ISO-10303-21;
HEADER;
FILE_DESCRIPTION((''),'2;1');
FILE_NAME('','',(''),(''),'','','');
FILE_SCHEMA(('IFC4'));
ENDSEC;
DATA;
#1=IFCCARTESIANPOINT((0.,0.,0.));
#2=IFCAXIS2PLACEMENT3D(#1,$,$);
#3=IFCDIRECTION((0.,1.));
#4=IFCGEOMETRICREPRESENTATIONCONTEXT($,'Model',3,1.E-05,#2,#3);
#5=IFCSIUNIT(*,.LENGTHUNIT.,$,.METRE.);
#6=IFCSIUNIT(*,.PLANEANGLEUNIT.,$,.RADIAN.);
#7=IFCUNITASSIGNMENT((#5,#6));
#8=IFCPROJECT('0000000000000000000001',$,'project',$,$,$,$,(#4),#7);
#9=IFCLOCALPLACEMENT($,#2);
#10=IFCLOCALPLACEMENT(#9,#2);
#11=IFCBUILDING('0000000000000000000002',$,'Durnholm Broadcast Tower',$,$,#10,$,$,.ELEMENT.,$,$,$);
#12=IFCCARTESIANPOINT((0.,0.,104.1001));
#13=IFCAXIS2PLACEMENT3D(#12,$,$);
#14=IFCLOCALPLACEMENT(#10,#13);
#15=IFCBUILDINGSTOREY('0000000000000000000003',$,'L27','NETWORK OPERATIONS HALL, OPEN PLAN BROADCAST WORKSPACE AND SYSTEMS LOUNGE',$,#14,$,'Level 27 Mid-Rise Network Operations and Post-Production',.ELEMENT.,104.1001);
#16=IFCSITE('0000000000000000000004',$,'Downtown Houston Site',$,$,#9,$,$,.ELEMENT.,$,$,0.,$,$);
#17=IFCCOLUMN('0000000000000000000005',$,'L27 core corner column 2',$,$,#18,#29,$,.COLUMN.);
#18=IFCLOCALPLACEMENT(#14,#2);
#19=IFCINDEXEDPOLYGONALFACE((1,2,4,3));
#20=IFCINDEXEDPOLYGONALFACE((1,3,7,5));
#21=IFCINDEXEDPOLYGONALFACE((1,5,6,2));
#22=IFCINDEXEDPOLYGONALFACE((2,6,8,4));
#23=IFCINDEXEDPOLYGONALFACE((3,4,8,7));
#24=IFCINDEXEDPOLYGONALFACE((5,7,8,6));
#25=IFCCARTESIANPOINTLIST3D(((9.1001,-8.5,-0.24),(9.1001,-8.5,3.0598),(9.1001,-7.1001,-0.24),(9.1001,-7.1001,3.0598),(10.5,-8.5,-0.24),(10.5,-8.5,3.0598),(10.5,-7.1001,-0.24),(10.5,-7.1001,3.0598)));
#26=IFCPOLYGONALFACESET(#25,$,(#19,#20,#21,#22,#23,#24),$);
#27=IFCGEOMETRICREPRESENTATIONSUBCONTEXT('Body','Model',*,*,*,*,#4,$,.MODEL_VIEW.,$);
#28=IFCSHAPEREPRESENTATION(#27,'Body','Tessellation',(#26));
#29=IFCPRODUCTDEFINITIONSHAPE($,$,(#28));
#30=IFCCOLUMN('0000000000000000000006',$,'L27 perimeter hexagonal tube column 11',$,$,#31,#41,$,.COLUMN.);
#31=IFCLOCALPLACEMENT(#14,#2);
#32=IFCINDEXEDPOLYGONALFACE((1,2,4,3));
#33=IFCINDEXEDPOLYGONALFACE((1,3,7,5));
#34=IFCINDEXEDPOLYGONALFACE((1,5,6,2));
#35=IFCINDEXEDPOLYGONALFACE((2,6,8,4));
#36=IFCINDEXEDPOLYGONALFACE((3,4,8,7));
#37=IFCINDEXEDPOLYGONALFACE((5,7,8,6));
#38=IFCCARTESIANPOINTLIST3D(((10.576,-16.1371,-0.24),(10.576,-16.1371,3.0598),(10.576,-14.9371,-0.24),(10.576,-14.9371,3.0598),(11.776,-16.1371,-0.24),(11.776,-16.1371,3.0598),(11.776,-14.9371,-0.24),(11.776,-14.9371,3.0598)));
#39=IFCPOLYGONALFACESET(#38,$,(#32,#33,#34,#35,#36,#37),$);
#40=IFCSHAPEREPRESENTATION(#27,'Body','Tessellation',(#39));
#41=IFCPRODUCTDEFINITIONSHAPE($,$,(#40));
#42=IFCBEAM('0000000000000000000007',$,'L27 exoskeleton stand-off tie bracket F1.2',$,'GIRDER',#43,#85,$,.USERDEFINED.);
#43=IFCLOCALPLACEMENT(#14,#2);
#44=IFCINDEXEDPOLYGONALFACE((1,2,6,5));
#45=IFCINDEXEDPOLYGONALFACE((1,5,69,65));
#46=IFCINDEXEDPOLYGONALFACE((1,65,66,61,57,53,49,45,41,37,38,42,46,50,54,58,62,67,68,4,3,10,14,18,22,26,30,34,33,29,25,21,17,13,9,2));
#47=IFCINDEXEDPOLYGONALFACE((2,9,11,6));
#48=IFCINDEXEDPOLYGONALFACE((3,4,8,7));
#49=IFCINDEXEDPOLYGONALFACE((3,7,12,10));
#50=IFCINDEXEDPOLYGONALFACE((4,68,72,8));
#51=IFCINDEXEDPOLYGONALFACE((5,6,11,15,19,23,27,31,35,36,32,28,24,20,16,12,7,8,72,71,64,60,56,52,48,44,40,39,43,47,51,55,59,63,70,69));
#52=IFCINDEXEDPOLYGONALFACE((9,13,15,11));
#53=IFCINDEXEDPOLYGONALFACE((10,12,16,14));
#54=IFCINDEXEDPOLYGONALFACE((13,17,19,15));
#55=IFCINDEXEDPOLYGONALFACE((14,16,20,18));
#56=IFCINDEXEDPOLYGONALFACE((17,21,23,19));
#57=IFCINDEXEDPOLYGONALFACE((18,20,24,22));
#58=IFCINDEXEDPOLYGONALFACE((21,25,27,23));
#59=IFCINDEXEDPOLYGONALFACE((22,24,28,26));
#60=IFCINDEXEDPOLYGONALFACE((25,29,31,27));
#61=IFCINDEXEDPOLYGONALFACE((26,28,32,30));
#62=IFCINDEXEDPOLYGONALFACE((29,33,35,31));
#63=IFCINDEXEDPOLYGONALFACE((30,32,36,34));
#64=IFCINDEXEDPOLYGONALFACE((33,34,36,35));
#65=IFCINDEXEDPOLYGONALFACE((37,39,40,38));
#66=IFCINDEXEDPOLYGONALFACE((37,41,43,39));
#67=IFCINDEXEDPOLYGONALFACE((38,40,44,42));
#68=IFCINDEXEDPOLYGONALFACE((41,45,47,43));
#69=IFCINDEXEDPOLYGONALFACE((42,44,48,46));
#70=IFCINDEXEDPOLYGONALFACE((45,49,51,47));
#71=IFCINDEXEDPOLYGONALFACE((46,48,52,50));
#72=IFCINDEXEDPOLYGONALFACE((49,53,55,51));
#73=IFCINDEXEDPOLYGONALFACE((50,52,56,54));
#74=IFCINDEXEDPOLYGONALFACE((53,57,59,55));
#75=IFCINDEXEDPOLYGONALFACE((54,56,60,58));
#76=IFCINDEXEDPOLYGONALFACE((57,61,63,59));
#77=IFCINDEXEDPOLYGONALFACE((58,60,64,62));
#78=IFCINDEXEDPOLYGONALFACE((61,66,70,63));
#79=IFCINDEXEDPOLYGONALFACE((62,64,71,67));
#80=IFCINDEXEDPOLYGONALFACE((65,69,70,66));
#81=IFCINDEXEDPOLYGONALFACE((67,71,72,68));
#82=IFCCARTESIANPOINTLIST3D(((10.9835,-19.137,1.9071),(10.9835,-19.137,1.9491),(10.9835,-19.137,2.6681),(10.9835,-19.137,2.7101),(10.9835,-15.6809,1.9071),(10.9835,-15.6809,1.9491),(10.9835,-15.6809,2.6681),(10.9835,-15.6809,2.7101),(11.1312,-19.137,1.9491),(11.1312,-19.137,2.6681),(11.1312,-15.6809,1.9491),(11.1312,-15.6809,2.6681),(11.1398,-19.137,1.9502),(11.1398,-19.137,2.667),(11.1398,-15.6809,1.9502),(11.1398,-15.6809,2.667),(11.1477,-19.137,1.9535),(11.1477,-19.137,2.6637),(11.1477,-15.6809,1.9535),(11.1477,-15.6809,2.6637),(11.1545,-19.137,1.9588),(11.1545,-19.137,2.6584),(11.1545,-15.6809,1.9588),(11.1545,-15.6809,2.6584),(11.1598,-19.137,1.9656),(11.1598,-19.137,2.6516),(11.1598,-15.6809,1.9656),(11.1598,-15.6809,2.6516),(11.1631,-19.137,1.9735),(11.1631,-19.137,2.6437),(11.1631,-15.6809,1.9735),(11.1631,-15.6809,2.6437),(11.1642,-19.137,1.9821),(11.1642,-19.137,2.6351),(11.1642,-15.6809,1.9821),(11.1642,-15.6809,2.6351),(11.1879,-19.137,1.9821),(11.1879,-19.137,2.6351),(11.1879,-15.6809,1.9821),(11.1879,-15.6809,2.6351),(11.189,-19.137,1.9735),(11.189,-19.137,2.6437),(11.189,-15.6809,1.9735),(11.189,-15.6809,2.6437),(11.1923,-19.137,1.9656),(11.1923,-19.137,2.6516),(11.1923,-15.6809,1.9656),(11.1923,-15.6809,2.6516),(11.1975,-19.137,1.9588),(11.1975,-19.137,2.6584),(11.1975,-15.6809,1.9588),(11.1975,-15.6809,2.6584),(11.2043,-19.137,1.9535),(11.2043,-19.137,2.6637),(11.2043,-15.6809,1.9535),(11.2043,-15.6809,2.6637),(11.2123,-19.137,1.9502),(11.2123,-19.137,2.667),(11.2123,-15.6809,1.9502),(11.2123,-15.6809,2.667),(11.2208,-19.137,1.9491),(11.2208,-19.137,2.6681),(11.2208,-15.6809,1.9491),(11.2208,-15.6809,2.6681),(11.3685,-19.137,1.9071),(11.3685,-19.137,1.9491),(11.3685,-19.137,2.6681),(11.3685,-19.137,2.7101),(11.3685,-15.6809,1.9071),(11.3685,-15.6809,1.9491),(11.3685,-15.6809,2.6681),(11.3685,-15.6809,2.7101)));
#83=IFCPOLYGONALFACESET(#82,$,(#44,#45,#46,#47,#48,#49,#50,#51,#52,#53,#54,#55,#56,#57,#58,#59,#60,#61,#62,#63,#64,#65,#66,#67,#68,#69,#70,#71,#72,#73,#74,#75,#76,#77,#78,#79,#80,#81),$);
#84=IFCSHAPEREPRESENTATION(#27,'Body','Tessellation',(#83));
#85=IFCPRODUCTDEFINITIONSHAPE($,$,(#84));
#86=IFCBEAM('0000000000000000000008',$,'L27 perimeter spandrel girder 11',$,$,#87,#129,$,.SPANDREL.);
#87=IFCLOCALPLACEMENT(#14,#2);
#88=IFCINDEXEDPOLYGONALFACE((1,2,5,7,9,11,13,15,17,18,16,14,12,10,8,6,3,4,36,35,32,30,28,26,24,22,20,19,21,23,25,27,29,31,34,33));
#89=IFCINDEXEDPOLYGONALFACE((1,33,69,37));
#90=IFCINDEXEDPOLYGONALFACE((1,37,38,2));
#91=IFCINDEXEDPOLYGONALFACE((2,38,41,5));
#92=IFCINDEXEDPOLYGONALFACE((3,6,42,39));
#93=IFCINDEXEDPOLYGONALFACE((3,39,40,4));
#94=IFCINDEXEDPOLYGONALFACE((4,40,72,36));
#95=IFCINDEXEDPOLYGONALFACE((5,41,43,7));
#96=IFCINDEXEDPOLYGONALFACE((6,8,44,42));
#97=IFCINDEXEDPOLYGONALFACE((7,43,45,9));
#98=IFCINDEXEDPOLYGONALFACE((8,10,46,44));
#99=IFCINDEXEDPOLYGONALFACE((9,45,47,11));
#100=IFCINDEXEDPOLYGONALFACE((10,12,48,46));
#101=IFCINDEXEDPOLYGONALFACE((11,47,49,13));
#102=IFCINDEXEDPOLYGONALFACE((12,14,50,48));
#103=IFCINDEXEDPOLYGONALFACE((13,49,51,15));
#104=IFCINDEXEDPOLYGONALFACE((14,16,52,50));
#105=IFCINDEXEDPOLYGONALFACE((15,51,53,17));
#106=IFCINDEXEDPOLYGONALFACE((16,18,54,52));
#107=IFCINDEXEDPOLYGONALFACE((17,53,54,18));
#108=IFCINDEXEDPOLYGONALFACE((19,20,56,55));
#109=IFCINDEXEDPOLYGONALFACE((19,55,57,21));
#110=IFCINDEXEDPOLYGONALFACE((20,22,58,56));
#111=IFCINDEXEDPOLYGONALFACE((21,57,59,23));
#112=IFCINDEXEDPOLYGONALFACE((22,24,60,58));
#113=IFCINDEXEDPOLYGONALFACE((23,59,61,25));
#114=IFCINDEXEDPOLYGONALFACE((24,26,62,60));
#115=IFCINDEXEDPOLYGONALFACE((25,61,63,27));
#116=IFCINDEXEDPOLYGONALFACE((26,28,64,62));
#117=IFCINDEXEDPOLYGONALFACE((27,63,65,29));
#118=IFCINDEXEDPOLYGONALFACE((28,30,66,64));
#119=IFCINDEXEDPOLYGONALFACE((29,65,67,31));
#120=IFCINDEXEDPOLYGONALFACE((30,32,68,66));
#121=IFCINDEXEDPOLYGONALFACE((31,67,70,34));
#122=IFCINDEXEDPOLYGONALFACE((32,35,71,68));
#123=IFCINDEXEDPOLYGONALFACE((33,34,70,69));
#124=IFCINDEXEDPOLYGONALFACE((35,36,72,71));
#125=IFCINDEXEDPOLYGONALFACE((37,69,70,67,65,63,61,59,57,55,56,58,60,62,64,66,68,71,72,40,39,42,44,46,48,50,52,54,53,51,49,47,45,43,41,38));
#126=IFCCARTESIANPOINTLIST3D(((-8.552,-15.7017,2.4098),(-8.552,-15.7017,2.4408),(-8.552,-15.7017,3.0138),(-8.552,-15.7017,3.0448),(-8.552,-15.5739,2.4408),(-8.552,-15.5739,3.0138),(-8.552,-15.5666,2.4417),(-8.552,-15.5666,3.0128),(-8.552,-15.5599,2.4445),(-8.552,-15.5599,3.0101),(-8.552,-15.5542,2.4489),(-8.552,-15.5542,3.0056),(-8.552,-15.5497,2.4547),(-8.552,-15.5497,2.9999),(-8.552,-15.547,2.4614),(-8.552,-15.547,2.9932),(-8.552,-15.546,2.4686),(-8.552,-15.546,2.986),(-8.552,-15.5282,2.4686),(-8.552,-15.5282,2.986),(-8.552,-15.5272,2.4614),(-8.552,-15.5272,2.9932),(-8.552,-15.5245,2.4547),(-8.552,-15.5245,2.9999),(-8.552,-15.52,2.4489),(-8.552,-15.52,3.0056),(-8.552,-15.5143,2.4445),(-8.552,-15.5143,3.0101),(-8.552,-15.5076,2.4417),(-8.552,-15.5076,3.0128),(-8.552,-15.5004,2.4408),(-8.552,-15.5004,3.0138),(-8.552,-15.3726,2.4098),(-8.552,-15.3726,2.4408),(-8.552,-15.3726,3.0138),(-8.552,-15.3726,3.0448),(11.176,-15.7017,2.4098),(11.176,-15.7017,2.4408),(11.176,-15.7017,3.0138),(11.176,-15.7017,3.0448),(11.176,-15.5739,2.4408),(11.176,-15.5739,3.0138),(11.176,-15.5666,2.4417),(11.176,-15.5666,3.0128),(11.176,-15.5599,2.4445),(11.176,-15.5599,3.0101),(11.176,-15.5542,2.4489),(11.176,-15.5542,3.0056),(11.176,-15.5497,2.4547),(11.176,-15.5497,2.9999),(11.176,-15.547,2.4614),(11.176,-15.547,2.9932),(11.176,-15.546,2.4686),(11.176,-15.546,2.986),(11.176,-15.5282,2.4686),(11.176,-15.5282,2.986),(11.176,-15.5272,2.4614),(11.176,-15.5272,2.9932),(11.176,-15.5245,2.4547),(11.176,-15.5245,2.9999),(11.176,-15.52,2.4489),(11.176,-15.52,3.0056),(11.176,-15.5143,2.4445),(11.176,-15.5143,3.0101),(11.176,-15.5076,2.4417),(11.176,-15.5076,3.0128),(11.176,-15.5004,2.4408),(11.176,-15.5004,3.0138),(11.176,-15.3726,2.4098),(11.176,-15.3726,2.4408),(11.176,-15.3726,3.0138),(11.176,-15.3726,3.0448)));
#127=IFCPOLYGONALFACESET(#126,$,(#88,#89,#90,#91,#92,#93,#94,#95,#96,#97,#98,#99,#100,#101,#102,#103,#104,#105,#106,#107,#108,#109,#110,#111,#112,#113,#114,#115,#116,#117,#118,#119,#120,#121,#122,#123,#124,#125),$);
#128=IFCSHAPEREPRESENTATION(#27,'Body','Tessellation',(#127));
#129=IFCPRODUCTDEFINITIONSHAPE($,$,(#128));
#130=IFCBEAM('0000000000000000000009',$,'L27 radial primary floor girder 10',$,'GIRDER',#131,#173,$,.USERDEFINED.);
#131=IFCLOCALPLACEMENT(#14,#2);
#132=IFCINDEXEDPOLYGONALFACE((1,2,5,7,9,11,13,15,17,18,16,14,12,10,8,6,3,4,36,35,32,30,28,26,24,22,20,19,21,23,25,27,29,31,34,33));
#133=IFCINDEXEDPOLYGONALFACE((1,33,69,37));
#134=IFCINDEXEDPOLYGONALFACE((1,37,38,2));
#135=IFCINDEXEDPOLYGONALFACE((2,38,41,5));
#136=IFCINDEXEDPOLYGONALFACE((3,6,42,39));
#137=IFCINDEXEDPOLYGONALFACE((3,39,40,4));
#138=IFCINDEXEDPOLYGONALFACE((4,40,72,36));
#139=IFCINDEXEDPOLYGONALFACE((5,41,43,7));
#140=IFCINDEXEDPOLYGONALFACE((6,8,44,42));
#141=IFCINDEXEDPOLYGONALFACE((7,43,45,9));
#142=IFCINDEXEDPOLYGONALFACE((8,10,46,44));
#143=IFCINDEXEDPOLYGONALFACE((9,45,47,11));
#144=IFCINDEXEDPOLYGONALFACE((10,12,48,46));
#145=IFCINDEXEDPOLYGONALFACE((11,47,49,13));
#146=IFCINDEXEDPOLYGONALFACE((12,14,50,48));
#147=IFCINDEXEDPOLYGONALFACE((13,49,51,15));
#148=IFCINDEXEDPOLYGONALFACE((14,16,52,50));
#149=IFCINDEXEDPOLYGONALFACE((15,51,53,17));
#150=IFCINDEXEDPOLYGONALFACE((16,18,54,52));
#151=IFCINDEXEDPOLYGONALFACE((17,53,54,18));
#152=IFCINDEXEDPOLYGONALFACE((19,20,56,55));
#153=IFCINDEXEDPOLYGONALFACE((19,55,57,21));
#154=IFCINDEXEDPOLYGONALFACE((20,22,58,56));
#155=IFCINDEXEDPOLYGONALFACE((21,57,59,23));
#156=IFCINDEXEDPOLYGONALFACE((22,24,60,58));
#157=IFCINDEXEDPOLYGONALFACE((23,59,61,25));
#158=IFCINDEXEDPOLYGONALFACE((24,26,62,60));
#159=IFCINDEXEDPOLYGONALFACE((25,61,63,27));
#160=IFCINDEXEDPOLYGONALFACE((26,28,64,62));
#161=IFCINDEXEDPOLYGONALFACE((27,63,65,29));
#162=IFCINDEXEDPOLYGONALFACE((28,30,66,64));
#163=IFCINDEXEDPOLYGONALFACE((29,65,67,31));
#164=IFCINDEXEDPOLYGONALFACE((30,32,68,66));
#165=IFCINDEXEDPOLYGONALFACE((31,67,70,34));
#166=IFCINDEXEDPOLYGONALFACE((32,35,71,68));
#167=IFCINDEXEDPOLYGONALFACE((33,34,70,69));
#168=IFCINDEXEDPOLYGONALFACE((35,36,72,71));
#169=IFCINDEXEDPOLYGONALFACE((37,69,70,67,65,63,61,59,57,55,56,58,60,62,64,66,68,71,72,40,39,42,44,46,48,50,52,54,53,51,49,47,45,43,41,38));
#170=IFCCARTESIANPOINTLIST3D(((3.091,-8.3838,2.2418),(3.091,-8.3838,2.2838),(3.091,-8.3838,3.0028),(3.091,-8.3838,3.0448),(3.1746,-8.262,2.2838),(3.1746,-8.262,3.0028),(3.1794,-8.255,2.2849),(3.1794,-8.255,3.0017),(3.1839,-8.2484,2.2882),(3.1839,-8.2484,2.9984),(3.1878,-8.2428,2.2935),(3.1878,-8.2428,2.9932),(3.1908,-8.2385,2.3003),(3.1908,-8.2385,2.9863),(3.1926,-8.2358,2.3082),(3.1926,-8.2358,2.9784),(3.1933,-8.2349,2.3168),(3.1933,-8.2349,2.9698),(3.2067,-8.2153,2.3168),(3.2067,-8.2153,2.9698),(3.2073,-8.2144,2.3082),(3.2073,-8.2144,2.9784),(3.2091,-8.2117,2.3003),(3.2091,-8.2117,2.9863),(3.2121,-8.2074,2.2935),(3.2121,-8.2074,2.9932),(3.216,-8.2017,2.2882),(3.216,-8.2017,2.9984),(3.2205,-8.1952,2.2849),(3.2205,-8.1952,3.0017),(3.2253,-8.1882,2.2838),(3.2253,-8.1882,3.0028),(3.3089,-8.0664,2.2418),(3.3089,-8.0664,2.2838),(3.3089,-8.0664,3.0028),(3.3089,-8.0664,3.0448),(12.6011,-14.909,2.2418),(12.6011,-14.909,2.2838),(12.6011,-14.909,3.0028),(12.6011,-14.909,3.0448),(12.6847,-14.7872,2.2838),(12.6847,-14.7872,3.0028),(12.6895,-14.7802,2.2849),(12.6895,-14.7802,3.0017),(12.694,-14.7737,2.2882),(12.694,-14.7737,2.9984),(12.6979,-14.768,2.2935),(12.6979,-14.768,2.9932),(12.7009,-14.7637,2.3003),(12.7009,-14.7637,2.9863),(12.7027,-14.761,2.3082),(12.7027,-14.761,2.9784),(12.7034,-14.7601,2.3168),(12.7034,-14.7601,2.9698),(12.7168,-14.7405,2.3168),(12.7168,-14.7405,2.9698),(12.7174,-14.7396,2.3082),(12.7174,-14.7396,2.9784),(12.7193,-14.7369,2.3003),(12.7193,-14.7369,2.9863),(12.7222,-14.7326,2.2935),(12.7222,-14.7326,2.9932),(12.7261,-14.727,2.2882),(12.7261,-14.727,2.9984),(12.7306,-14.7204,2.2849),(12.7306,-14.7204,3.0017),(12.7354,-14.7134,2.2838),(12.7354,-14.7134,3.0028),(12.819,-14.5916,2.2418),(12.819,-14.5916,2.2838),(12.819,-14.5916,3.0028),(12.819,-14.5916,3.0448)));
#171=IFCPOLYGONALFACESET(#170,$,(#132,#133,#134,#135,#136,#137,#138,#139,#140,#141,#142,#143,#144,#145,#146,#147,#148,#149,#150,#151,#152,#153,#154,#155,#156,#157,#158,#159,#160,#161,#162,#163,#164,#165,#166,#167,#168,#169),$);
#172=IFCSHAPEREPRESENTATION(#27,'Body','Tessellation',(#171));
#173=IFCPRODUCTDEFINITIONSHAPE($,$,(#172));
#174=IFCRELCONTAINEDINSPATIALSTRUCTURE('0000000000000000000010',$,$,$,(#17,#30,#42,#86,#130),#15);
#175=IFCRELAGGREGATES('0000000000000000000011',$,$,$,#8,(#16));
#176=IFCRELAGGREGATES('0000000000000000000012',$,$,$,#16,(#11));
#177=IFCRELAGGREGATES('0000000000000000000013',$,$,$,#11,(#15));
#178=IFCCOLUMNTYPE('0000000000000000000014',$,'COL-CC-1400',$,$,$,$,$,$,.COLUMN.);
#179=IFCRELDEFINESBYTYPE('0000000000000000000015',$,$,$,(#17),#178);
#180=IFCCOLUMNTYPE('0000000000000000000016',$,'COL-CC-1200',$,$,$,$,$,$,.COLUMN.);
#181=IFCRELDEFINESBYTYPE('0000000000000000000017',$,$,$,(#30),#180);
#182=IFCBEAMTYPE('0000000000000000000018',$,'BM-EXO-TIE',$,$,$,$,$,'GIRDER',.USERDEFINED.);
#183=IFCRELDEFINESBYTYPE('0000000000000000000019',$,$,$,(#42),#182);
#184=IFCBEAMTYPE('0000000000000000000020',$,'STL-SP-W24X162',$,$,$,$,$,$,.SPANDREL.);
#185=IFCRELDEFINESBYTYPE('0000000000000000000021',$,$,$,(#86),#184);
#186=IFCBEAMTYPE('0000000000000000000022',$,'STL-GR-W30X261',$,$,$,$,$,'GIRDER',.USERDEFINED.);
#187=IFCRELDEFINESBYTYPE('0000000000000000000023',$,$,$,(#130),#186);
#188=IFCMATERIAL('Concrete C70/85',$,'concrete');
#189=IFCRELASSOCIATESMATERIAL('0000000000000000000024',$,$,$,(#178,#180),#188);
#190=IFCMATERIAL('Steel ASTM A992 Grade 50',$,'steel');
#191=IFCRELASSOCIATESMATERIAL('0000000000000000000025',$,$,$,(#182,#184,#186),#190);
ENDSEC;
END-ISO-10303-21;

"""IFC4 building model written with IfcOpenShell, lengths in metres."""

from ifc_helpers import new_model, si_unit, direction, frame, origin, origin_2d, place, context, subcontext, project, spatial, rectangle, i_section, extrude, source, transform, mapped, material, material_profile, profile_set, type_object, type_shapes, element, save


model = new_model("IFC4")

# Units and contexts
model_context = context("Model", 3, precision=1e-05, world=origin(), true_north=direction((0.0, 1.0)))
body_context = subcontext(model_context, "Body", "Model", "MODEL_VIEW")
ifc_project = project(units=[si_unit("LENGTHUNIT", "METRE"), si_unit("PLANEANGLEUNIT", "RADIAN")], contexts=[model_context])

# Site, building, storey
site_placement = place(None, origin())
site = spatial("IfcSite", under=ifc_project, at=site_placement, Name="Downtown Houston Site", CompositionType="ELEMENT", RefElevation=0.0)
building_placement = place(site_placement, origin())
building = spatial("IfcBuilding", under=site, at=building_placement, Name="Durnholm Broadcast Tower", CompositionType="ELEMENT")
storey_placement = place(building_placement, frame((0.0, 0.0, 104.1001)))
storey = spatial("IfcBuildingStorey", under=building, at=storey_placement, Name="L27", Description="NETWORK OPERATIONS HALL, OPEN PLAN BROADCAST WORKSPACE AND SYSTEMS LOUNGE", LongName="Level 27 Mid-Rise Network Operations and Post-Production", CompositionType="ELEMENT", Elevation=104.1001)

# Columns
ifc_material_1 = material(Name="Concrete C70/85", Category="concrete")
ifc_material_profile_1 = material_profile(ifc_material_1, rectangle(XDim=1.3999, YDim=1.3999, at=origin_2d()), Name="RC1400X1400")
ifc_profile_set_1 = profile_set([ifc_material_profile_1], Name="Concrete C70/85")
column_type_1 = type_object("IfcColumnType", Name="COL-CC-1400", PredefinedType="COLUMN", material=ifc_profile_set_1)
shared_shape_1 = source(origin(), body_context, "Body", "SweptSolid", [
    extrude(rectangle(XDim=1.3999, YDim=1.3999, at=origin_2d()), origin(), (0.0, 0.0, 1.0), 3.2998),
])
type_shapes(column_type_1, [shared_shape_1])
column_1_placement = place(storey_placement, frame((9.8, -7.8, -0.24), z_axis=(0.0, 0.0, 1.0), x_axis=(1.0, 0.0, 0.0)))
element("IfcColumn", 1, at=column_1_placement, inside=storey, type_object=column_type_1, Name="L27 core corner column 2", PredefinedType="COLUMN", context=body_context, shape_type="MappedRepresentation", body=[
    mapped(shared_shape_1, transform((0.0, 0.0, 0.0), x_axis=(1.0, 0.0, 0.0), y_axis=(0.0, 1.0, 0.0), z_axis=(0.0, 0.0, 1.0), scale=1.0)),
])
ifc_material_profile_2 = material_profile(ifc_material_1, rectangle(XDim=1.2, YDim=1.2, at=origin_2d()), Name="RC1200X1200")
ifc_profile_set_2 = profile_set([ifc_material_profile_2], Name="Concrete C70/85")
column_type_2 = type_object("IfcColumnType", Name="COL-CC-1200", PredefinedType="COLUMN", material=ifc_profile_set_2)
shared_shape_2 = source(origin(), body_context, "Body", "SweptSolid", [
    extrude(rectangle(XDim=1.2, YDim=1.2, at=origin_2d()), origin(), (0.0, 0.0, 1.0), 3.2998),
])
type_shapes(column_type_2, [shared_shape_2])
column_2_placement = place(storey_placement, frame((11.176, -15.5371, -0.24), z_axis=(0.0, 0.0, 1.0), x_axis=(1.0, 0.0, 0.0)))
element("IfcColumn", 2, at=column_2_placement, inside=storey, type_object=column_type_2, Name="L27 perimeter hexagonal tube column 11", PredefinedType="COLUMN", context=body_context, shape_type="MappedRepresentation", body=[
    mapped(shared_shape_2, transform((0.0, 0.0, 0.0), x_axis=(1.0, 0.0, 0.0), y_axis=(0.0, 1.0, 0.0), z_axis=(0.0, 0.0, 1.0), scale=1.0)),
])

# Beams
ifc_material_2 = material(Name="Steel ASTM A992 Grade 50", Category="steel")
ifc_material_profile_3 = material_profile(ifc_material_2, i_section(OverallWidth=0.385, OverallDepth=0.803, WebThickness=0.0237, FlangeThickness=0.042, FilletRadius=0.033, at=origin_2d()), Name="W30X261")
ifc_profile_set_3 = profile_set([ifc_material_profile_3], Name="Steel ASTM A992 Grade 50")
beam_type_1 = type_object("IfcBeamType", Name="BM-EXO-TIE", ElementType="GIRDER", PredefinedType="USERDEFINED", material=ifc_profile_set_3)
shared_shape_3 = source(origin(), body_context, "Body", "SweptSolid", [
    extrude(i_section(OverallWidth=0.385, OverallDepth=0.803, WebThickness=0.0237, FlangeThickness=0.042, FilletRadius=0.033, at=origin_2d()), origin(), (0.0, 0.0, 1.0), 3.4561),
])
type_shapes(beam_type_1, [shared_shape_3])
beam_1_placement = place(storey_placement, frame((11.176, -15.6809, 2.3086), z_axis=(0.0, -1.0, 0.0), x_axis=(1.0, 0.0, 0.0)))
element("IfcBeam", 3, at=beam_1_placement, inside=storey, type_object=beam_type_1, Name="L27 exoskeleton stand-off tie bracket F1.2", ObjectType="GIRDER", PredefinedType="USERDEFINED", context=body_context, shape_type="MappedRepresentation", body=[
    mapped(shared_shape_3, transform((0.0, 0.0, 0.0), x_axis=(1.0, 0.0, 0.0), y_axis=(0.0, 1.0, 0.0), z_axis=(0.0, 0.0, 1.0), scale=1.0)),
])
ifc_material_profile_4 = material_profile(ifc_material_2, i_section(OverallWidth=0.3291, OverallDepth=0.635, WebThickness=0.0178, FlangeThickness=0.031, FilletRadius=0.0278, at=origin_2d()), Name="W24X162")
ifc_profile_set_4 = profile_set([ifc_material_profile_4], Name="Steel ASTM A992 Grade 50")
beam_type_2 = type_object("IfcBeamType", Name="STL-SP-W24X162", PredefinedType="SPANDREL", material=ifc_profile_set_4)
shared_shape_4 = source(origin(), body_context, "Body", "SweptSolid", [
    extrude(i_section(OverallWidth=0.3291, OverallDepth=0.635, WebThickness=0.0178, FlangeThickness=0.031, FilletRadius=0.0278, at=origin_2d()), origin(), (0.0, 0.0, 1.0), 19.728),
])
type_shapes(beam_type_2, [shared_shape_4])
beam_2_placement = place(storey_placement, frame((11.176, -15.5371, 2.7273), z_axis=(-1.0, 0.0, 0.0), x_axis=(0.0, -1.0, 0.0)))
element("IfcBeam", 4, at=beam_2_placement, inside=storey, type_object=beam_type_2, Name="L27 perimeter spandrel girder 11", PredefinedType="SPANDREL", context=body_context, shape_type="MappedRepresentation", body=[
    mapped(shared_shape_4, transform((0.0, 0.0, 0.0), x_axis=(1.0, 0.0, 0.0), y_axis=(0.0, 1.0, 0.0), z_axis=(0.0, 0.0, 1.0), scale=1.0)),
])
ifc_material_profile_5 = material_profile(ifc_material_2, i_section(OverallWidth=0.385, OverallDepth=0.803, WebThickness=0.0237, FlangeThickness=0.042, FilletRadius=0.033, at=origin_2d()), Name="W30X261")
ifc_profile_set_5 = profile_set([ifc_material_profile_5], Name="Steel ASTM A992 Grade 50")
beam_type_3 = type_object("IfcBeamType", Name="STL-GR-W30X261", ElementType="GIRDER", PredefinedType="USERDEFINED", material=ifc_profile_set_5)
shared_shape_5 = source(origin(), body_context, "Body", "SweptSolid", [
    extrude(i_section(OverallWidth=0.385, OverallDepth=0.803, WebThickness=0.0237, FlangeThickness=0.042, FilletRadius=0.033, at=origin_2d()), origin(), (0.0, 0.0, 1.0), 11.5334),
])
beam_3_placement = place(storey_placement, frame((3.2, -8.2251, 2.6433), z_axis=(0.824567, -0.565764, 0.0), x_axis=(0.565764, 0.824567, 0.0)))
element("IfcBeam", 5, at=beam_3_placement, inside=storey, type_object=beam_type_3, Name="L27 radial primary floor girder 10", ObjectType="GIRDER", PredefinedType="USERDEFINED", context=body_context, shape_type="MappedRepresentation", body=[
    mapped(shared_shape_5, transform((0.0, 0.0, 0.0), x_axis=(1.0, 0.0, 0.0), y_axis=(0.0, 1.0, 0.0), z_axis=(0.0, 0.0, 1.0), scale=1.0)),
])

save(model, "model.ifc")
